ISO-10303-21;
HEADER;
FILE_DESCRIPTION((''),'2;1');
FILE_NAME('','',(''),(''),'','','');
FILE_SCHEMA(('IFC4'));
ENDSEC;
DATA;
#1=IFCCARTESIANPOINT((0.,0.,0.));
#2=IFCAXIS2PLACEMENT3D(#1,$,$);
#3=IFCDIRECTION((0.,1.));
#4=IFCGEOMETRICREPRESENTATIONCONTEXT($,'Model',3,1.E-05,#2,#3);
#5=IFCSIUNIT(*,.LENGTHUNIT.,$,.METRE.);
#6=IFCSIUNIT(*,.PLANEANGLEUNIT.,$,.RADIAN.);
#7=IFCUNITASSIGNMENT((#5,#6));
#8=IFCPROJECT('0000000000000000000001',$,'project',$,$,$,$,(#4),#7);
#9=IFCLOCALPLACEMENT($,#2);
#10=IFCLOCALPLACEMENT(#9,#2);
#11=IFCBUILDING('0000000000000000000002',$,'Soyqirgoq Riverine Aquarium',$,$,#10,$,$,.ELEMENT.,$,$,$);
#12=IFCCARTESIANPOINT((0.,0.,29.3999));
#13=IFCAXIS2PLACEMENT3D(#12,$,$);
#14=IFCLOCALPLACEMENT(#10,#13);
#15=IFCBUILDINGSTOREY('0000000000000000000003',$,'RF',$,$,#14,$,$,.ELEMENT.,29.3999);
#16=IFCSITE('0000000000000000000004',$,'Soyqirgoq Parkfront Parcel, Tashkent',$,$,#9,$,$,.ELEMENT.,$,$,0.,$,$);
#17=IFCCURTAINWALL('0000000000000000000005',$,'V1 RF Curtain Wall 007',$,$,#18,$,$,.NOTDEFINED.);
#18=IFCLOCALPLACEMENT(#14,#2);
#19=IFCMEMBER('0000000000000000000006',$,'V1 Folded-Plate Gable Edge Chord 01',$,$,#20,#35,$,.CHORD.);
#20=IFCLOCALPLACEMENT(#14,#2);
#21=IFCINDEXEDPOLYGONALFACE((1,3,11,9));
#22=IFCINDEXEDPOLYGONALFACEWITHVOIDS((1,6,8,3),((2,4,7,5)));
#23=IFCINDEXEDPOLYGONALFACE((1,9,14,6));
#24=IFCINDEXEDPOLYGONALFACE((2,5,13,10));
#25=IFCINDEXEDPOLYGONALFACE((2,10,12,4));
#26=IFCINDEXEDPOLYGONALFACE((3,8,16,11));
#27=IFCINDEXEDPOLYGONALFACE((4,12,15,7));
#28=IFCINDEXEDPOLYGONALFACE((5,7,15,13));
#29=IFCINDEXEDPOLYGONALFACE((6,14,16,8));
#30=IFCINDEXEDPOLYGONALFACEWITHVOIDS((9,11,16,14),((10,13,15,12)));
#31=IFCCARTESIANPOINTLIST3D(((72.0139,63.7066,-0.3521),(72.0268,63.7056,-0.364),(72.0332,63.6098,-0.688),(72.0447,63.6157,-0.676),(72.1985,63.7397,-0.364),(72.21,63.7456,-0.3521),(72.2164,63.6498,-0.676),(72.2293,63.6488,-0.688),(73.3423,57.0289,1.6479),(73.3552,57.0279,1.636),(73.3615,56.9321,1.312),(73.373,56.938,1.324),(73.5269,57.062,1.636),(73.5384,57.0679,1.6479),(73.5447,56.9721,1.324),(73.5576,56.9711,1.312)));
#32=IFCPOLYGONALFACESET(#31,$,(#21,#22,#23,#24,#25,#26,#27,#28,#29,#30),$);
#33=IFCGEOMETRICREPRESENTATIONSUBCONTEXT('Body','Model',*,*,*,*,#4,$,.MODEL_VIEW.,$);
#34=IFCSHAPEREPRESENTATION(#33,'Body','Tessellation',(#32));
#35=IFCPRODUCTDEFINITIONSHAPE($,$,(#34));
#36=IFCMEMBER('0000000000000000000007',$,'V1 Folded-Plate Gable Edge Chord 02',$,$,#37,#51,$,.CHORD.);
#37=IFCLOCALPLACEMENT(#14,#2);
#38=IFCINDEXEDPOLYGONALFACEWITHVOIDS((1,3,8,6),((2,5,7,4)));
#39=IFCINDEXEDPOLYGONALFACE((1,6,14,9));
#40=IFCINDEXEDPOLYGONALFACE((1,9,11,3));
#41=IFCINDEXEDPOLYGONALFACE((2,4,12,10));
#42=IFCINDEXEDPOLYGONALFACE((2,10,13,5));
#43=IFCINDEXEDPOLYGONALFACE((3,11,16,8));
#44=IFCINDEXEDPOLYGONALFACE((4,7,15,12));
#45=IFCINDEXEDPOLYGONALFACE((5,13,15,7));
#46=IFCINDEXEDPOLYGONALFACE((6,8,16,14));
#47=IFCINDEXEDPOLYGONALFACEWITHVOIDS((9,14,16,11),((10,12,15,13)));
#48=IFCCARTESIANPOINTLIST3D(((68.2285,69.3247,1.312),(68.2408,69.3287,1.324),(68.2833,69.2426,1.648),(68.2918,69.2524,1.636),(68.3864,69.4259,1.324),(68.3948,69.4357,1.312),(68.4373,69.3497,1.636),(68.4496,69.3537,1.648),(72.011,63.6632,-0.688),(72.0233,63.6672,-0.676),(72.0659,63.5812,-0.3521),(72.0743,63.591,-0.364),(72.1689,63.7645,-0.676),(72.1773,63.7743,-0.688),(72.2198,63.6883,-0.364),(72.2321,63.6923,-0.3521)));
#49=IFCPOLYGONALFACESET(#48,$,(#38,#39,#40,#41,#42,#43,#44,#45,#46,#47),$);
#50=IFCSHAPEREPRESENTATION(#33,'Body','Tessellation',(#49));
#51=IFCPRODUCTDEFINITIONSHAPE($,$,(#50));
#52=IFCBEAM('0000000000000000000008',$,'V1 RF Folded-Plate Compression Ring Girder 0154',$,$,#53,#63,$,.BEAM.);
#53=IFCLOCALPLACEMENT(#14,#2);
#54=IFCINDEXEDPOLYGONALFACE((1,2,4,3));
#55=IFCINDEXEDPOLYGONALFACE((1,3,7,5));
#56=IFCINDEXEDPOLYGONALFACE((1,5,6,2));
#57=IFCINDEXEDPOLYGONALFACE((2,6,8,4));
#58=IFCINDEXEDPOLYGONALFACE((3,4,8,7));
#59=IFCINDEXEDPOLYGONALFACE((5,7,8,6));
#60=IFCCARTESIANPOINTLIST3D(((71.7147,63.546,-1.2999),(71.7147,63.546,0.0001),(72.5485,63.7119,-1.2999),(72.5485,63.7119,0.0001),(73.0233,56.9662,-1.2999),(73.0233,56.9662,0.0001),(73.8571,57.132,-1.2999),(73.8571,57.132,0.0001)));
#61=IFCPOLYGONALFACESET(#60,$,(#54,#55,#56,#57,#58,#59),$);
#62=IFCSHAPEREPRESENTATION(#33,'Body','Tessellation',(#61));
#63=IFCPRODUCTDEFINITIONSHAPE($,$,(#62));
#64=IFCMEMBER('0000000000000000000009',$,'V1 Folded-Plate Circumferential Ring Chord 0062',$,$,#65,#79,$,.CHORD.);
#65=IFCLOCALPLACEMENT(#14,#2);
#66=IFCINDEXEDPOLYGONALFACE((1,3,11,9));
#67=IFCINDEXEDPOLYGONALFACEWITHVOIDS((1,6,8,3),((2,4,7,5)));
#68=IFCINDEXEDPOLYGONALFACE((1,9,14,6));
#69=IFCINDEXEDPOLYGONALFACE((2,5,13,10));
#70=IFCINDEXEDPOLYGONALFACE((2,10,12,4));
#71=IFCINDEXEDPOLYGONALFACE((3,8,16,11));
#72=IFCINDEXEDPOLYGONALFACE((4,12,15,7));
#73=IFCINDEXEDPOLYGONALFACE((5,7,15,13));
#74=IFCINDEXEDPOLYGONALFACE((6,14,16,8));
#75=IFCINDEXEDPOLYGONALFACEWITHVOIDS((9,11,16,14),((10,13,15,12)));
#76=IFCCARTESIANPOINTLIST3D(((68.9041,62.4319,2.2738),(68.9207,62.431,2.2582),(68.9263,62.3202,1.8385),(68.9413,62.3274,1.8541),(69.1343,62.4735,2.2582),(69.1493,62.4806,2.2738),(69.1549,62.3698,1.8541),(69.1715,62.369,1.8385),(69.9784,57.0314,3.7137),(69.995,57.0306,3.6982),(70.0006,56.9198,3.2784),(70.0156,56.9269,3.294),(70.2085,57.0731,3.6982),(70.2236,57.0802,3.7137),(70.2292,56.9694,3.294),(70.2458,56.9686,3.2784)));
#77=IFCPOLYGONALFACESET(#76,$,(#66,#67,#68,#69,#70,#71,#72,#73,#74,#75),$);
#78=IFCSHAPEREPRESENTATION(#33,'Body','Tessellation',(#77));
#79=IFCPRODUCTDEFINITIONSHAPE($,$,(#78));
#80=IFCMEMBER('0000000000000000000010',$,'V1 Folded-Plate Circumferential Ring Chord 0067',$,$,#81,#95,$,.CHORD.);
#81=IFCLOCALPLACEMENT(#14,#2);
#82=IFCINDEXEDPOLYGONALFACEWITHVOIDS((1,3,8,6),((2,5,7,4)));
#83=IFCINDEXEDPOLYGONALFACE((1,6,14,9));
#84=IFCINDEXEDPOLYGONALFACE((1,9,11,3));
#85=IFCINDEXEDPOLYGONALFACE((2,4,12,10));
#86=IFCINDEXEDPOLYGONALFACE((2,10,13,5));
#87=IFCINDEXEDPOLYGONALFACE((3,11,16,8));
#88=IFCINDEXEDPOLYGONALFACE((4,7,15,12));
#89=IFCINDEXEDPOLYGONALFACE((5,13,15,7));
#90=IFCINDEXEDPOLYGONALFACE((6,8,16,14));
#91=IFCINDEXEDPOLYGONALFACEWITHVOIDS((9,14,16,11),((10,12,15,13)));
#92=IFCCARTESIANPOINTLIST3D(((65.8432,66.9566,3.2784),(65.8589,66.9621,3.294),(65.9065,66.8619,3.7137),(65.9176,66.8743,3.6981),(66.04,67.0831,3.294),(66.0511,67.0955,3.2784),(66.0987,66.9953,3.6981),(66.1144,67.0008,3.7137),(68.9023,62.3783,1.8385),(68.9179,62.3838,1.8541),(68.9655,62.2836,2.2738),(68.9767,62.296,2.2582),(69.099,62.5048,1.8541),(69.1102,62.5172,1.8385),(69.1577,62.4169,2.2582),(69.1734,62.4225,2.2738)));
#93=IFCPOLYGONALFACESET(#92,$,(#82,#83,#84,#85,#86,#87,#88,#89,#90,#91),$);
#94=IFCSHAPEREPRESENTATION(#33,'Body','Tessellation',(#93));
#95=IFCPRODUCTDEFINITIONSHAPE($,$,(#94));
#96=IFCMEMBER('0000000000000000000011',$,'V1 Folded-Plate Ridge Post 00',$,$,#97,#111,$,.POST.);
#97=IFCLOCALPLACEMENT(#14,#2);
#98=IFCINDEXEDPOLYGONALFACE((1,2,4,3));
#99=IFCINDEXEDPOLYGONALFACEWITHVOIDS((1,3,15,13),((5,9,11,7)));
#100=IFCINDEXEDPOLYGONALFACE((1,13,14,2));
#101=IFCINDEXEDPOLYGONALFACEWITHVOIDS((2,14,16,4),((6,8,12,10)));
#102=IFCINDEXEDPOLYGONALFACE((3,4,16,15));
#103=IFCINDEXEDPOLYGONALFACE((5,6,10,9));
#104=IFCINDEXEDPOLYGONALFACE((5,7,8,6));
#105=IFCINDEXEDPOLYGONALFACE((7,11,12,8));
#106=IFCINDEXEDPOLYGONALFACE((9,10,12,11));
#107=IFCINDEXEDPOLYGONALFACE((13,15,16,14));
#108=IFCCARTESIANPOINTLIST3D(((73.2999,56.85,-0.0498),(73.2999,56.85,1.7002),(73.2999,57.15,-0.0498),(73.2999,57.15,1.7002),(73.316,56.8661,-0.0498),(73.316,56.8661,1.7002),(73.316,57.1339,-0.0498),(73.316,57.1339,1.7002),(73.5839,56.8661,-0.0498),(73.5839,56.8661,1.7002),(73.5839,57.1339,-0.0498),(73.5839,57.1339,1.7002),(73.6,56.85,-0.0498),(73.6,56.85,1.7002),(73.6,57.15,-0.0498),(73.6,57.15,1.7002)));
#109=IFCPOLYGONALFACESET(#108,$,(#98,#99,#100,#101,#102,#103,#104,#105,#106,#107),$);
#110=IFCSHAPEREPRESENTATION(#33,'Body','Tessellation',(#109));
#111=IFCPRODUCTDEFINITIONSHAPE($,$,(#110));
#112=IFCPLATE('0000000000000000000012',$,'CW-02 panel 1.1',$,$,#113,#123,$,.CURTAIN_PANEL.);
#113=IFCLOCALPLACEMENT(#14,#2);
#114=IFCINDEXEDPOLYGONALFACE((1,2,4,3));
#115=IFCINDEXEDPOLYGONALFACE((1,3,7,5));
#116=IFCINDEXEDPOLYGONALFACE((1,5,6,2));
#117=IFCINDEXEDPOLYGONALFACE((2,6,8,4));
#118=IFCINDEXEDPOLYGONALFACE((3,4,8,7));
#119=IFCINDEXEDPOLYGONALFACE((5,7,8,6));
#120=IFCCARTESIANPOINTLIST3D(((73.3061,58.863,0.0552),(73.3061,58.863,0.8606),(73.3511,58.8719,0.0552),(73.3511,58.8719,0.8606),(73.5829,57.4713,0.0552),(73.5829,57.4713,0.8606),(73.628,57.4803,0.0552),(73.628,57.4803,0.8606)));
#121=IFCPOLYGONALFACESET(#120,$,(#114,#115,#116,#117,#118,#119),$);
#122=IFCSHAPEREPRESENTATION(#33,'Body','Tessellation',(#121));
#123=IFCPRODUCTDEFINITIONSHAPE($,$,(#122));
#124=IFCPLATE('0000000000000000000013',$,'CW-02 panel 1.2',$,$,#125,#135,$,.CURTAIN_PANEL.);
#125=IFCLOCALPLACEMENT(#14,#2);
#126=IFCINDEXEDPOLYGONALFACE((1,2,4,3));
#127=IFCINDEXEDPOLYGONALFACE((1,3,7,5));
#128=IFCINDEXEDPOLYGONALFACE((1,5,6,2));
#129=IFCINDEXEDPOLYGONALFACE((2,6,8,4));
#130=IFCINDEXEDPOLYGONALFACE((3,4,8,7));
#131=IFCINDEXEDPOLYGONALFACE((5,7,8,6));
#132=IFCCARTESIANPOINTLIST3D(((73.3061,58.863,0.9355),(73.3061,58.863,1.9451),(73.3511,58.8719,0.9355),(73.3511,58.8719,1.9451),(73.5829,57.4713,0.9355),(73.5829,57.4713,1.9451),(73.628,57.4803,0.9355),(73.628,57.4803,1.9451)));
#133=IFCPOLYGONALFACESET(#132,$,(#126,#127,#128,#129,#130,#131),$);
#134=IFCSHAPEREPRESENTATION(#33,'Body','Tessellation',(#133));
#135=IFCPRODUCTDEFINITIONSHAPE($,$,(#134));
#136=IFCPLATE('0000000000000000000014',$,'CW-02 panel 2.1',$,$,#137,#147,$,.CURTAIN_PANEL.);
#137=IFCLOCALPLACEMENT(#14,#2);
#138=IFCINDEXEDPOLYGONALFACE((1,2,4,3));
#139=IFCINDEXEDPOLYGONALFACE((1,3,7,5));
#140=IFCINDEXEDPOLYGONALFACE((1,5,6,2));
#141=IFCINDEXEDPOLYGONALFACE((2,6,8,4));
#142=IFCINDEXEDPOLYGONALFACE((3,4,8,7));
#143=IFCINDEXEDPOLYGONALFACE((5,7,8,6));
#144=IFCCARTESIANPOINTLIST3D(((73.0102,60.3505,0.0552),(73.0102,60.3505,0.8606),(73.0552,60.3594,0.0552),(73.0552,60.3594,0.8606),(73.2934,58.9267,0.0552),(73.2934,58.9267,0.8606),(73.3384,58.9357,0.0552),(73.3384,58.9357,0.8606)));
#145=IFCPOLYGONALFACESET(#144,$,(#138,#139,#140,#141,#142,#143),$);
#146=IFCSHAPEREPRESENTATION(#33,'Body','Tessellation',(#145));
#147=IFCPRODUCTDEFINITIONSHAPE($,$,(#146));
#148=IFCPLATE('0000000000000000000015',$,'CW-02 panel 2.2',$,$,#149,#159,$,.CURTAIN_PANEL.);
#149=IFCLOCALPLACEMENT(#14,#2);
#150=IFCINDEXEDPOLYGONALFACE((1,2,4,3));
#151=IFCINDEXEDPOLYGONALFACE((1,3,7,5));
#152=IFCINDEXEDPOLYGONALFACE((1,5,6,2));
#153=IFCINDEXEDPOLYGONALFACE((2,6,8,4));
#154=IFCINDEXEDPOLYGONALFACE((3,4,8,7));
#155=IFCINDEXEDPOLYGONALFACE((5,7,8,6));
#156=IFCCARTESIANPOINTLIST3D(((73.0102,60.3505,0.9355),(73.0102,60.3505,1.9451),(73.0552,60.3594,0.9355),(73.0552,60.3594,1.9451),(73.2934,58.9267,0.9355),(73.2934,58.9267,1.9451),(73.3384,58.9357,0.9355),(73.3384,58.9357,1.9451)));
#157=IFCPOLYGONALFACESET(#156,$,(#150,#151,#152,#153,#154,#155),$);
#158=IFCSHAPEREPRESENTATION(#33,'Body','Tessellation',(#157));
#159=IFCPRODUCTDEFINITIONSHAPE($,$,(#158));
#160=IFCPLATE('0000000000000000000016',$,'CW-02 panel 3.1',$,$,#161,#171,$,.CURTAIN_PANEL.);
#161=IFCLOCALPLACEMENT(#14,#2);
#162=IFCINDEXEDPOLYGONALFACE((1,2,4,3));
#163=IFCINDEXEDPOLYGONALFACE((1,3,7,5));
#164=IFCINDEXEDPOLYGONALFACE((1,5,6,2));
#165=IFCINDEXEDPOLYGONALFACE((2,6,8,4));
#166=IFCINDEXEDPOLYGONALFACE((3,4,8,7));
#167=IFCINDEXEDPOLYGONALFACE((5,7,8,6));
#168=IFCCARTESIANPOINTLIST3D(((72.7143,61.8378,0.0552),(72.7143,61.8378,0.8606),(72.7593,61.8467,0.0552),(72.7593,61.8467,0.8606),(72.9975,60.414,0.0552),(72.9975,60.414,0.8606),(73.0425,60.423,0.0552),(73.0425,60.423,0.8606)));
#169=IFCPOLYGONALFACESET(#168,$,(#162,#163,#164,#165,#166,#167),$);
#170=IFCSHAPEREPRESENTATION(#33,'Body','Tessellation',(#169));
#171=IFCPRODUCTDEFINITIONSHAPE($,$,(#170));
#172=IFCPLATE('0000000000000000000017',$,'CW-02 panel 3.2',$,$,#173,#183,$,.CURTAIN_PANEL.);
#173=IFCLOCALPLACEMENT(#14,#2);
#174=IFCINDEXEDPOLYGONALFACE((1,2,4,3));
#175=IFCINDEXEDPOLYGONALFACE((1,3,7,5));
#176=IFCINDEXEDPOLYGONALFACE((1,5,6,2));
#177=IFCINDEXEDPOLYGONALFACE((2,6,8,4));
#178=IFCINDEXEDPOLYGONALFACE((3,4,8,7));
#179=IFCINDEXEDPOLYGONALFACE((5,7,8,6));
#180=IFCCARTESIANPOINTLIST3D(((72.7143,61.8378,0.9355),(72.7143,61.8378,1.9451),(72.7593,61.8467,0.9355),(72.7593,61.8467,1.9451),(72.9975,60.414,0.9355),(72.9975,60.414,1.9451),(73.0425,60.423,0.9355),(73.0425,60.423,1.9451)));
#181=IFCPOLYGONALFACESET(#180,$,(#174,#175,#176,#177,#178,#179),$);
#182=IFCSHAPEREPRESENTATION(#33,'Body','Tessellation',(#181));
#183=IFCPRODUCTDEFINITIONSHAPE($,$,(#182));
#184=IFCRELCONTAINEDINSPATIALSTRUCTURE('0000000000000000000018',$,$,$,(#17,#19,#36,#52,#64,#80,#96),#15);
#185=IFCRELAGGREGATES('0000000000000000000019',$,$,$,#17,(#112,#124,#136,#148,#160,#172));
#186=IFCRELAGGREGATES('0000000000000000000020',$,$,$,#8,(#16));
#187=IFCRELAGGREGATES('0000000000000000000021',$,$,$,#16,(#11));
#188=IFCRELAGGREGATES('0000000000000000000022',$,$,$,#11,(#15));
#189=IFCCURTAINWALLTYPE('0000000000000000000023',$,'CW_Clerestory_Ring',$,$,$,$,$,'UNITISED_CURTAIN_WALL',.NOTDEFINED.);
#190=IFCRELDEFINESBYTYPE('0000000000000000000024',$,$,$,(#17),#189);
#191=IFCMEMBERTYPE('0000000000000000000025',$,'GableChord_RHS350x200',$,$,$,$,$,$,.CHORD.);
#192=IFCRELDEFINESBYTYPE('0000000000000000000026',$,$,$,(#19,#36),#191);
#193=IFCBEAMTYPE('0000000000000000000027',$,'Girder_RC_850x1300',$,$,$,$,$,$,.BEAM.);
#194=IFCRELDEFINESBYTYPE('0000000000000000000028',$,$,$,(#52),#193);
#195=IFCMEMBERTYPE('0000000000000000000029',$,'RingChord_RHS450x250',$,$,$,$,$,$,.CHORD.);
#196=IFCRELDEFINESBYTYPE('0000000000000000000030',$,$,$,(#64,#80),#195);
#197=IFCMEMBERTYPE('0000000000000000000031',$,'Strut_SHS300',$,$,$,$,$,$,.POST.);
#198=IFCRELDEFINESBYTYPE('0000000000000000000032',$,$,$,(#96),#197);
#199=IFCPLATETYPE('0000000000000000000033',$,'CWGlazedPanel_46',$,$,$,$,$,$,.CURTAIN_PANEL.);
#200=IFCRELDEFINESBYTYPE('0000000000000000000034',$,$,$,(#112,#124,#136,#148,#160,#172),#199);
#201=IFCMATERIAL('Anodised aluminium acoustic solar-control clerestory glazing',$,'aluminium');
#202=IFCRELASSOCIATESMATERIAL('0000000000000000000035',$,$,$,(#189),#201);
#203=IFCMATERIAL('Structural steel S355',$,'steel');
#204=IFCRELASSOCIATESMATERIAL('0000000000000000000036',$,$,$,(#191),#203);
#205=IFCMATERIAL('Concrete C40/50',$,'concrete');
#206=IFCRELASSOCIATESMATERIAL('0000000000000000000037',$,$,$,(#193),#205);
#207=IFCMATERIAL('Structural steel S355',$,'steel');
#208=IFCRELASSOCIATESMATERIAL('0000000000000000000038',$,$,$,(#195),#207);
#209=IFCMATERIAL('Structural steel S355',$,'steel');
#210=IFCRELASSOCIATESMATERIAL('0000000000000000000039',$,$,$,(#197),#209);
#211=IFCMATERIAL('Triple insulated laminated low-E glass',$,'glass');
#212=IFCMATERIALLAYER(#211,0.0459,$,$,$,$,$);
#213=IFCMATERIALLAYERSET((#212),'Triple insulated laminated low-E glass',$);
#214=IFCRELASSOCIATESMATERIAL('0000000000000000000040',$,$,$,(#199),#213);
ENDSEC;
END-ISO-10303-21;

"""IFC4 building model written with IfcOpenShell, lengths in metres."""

from ifc_helpers import new_model, si_unit, direction, frame, origin, origin_2d, place, context, subcontext, project, spatial, rectangle, hollow_rectangle, extrude, material, layer, layer_set, material_profile, profile_set, type_object, element, aggregate, save


model = new_model("IFC4")

# Units and contexts
model_context = context("Model", 3, precision=1e-05, world=origin(), true_north=direction((0.0, 1.0)))
body_context = subcontext(model_context, "Body", "Model", "MODEL_VIEW")
ifc_project = project(units=[si_unit("LENGTHUNIT", "METRE"), si_unit("PLANEANGLEUNIT", "RADIAN")], contexts=[model_context])

# Site, building, storey
site_placement = place(None, origin())
site = spatial("IfcSite", under=ifc_project, at=site_placement, Name="Soyqirgoq Parkfront Parcel, Tashkent", CompositionType="ELEMENT", RefElevation=0.0)
building_placement = place(site_placement, origin())
building = spatial("IfcBuilding", under=site, at=building_placement, Name="Soyqirgoq Riverine Aquarium", CompositionType="ELEMENT")
storey_placement = place(building_placement, frame((0.0, 0.0, 29.3999)))
storey = spatial("IfcBuildingStorey", under=building, at=storey_placement, Name="RF", CompositionType="ELEMENT", Elevation=29.3999)

# Curtain wall
ifc_material_1 = material(Name="Anodised aluminium acoustic solar-control clerestory glazing", Category="aluminium")
curtain_wall_type = type_object("IfcCurtainWallType", Name="CW_Clerestory_Ring", ElementType="UNITISED_CURTAIN_WALL", PredefinedType="NOTDEFINED", material=ifc_material_1)
curtain_wall_placement = place(storey_placement, origin())
curtain_wall = element("IfcCurtainWall", 1, at=curtain_wall_placement, inside=storey, type_object=curtain_wall_type, Name="V1 RF Curtain Wall 007", PredefinedType="NOTDEFINED")

# Members
ifc_material_2 = material(Name="Structural steel S355", Category="steel")
ifc_material_profile_1 = material_profile(ifc_material_2, hollow_rectangle(XDim=0.2, YDim=0.3501, WallThickness=0.0125, at=origin_2d()), Name="RHS 350x200x12.5")
ifc_profile_set_1 = profile_set([ifc_material_profile_1], Name="Structural steel S355")
member_type_1 = type_object("IfcMemberType", Name="GableChord_RHS350x200", PredefinedType="CHORD", material=ifc_profile_set_1)
member_1_placement = place(storey_placement, frame((73.45, 57.0, 1.48), z_axis=(-0.187193, 0.941024, -0.281839), x_axis=(-0.980783, -0.195102, 0.0)))
element("IfcMember", 2, at=member_1_placement, inside=storey, type_object=member_type_1, Name="V1 Folded-Plate Gable Edge Chord 01", PredefinedType="CHORD", context=body_context, shape_type="SweptSolid", body=[
    extrude(hollow_rectangle(XDim=0.2, YDim=0.3501, WallThickness=0.0125, at=origin_2d()), origin(), (0.0, 0.0, 1.0), 7.0962),
])
member_2_placement = place(storey_placement, frame((72.1216, 63.6777, -0.52), z_axis=(-0.533016, 0.797786, 0.281835), x_axis=(-0.831493, -0.555536, 0.0)))
element("IfcMember", 3, at=member_2_placement, inside=storey, type_object=member_type_1, Name="V1 Folded-Plate Gable Edge Chord 02", PredefinedType="CHORD", context=body_context, shape_type="SweptSolid", body=[
    extrude(hollow_rectangle(XDim=0.2, YDim=0.3501, WallThickness=0.0125, at=origin_2d()), origin(), (0.0, 0.0, 1.0), 7.0964),
])

# Beam
ifc_material_3 = material(Name="Concrete C40/50", Category="concrete")
ifc_material_profile_2 = material_profile(ifc_material_3, rectangle(XDim=0.8501, YDim=1.3, at=origin_2d()), Name="RC 850x1300")
ifc_profile_set_2 = profile_set([ifc_material_profile_2], Name="Concrete C40/50")
beam_type = type_object("IfcBeamType", Name="Girder_RC_850x1300", PredefinedType="BEAM", material=ifc_profile_set_2)
beam_placement = place(storey_placement, frame((73.4402, 57.0491, -0.6499), z_axis=(-0.195059, 0.980791, 0.0), x_axis=(-0.980791, -0.195059, 0.0)))
element("IfcBeam", 4, at=beam_placement, inside=storey, type_object=beam_type, Name="V1 RF Folded-Plate Compression Ring Girder 0154", PredefinedType="BEAM", context=body_context, shape_type="SweptSolid", body=[
    extrude(rectangle(XDim=0.8501, YDim=1.3, at=origin_2d()), origin(), (0.0, 0.0, 1.0), 6.7087),
])

# Members
ifc_material_4 = material(Name="Structural steel S355", Category="steel")
ifc_material_profile_3 = material_profile(ifc_material_4, hollow_rectangle(XDim=0.25, YDim=0.45, WallThickness=0.0161, at=origin_2d()), Name="RHS 450x250x16")
ifc_profile_set_3 = profile_set([ifc_material_profile_3], Name="Structural steel S355")
member_type_2 = type_object("IfcMemberType", Name="RingChord_RHS450x250", PredefinedType="CHORD", material=ifc_profile_set_3)
for number, where, z_axis, x_axis, name in (
    (5, (70.1121, 57.0, 3.4961), (-0.188745, 0.948875, -0.253005), (-0.980785, -0.195093, 0.0), "V1 Folded-Plate Circumferential Ring Chord 0062"),
    (6, (69.0378, 62.4004, 2.0562), (-0.537485, 0.804426, 0.253), (-0.831477, -0.555559, 0.0), "V1 Folded-Plate Circumferential Ring Chord 0067"),
):
    element("IfcMember", number, at=place(storey_placement, frame(where, z_axis=z_axis, x_axis=x_axis)), inside=storey, type_object=member_type_2, Name=name, PredefinedType="CHORD", context=body_context, shape_type="SweptSolid", body=[
        extrude(hollow_rectangle(XDim=0.25, YDim=0.45, WallThickness=0.0161, at=origin_2d()), origin(), (0.0, 0.0, 1.0), 5.6914),
    ])
ifc_material_5 = material(Name="Structural steel S355", Category="steel")
ifc_material_profile_4 = material_profile(ifc_material_5, hollow_rectangle(XDim=0.3, YDim=0.3, WallThickness=0.0161, at=origin_2d()), Name="SHS 300x300x16")
ifc_profile_set_4 = profile_set([ifc_material_profile_4], Name="Structural steel S355")
member_type_3 = type_object("IfcMemberType", Name="Strut_SHS300", PredefinedType="POST", material=ifc_profile_set_4)
member_3_placement = place(storey_placement, frame((73.45, 57.0, -0.0498), z_axis=(0.0, 0.0, 1.0), x_axis=(1.0, 0.0, 0.0)))
element("IfcMember", 7, at=member_3_placement, inside=storey, type_object=member_type_3, Name="V1 Folded-Plate Ridge Post 00", PredefinedType="POST", context=body_context, shape_type="SweptSolid", body=[
    extrude(hollow_rectangle(XDim=0.3, YDim=0.3, WallThickness=0.0161, at=origin_2d()), origin(), (0.0, 0.0, 1.0), 1.75),
])

# Plates
ifc_material_6 = material(Name="Triple insulated laminated low-E glass", Category="glass")
ifc_layer_1 = layer(ifc_material_6, 0.0459)
ifc_layer_set_1 = layer_set([ifc_layer_1], Name="Triple insulated laminated low-E glass")
plate_type_1 = type_object("IfcPlateType", Name="CWGlazedPanel_46", PredefinedType="CURTAIN_PANEL", material=ifc_layer_set_1)
plate_1_placement = place(storey_placement, frame((73.467, 58.1716, 0.0552), z_axis=(0.0, 0.0, 1.0), x_axis=(-0.195095, 0.980784, 0.0)))
plate_1 = element("IfcPlate", 8, at=plate_1_placement, type_object=plate_type_1, Name="CW-02 panel 1.1", PredefinedType="CURTAIN_PANEL", context=body_context, shape_type="SweptSolid", body=[
    extrude(rectangle(XDim=1.4189, YDim=0.0459, at=origin_2d()), origin(), (0.0, 0.0, 1.0), 0.8054),
])
plate_2_placement = place(storey_placement, frame((73.467, 58.1716, 0.9355), z_axis=(0.0, 0.0, 1.0), x_axis=(-0.195095, 0.980784, 0.0)))
plate_2 = element("IfcPlate", 9, at=plate_2_placement, type_object=plate_type_1, Name="CW-02 panel 1.2", PredefinedType="CURTAIN_PANEL", context=body_context, shape_type="SweptSolid", body=[
    extrude(rectangle(XDim=1.4189, YDim=0.0459, at=origin_2d()), origin(), (0.0, 0.0, 1.0), 1.0095),
])
plate_3_placement = place(storey_placement, frame((73.1743, 59.6431, 0.0552), z_axis=(0.0, 0.0, 1.0), x_axis=(-0.195095, 0.980784, 0.0)))
plate_3 = element("IfcPlate", 10, at=plate_3_placement, type_object=plate_type_1, Name="CW-02 panel 2.1", PredefinedType="CURTAIN_PANEL", context=body_context, shape_type="SweptSolid", body=[
    extrude(rectangle(XDim=1.4517, YDim=0.0459, at=origin_2d()), origin(), (0.0, 0.0, 1.0), 0.8054),
])
plate_4_placement = place(storey_placement, frame((73.1743, 59.6431, 0.9355), z_axis=(0.0, 0.0, 1.0), x_axis=(-0.195095, 0.980784, 0.0)))
plate_4 = element("IfcPlate", 11, at=plate_4_placement, type_object=plate_type_1, Name="CW-02 panel 2.2", PredefinedType="CURTAIN_PANEL", context=body_context, shape_type="SweptSolid", body=[
    extrude(rectangle(XDim=1.4517, YDim=0.0459, at=origin_2d()), origin(), (0.0, 0.0, 1.0), 1.0095),
])
plate_5_placement = place(storey_placement, frame((72.8784, 61.1304, 0.0552), z_axis=(0.0, 0.0, 1.0), x_axis=(-0.195095, 0.980784, 0.0)))
plate_5 = element("IfcPlate", 12, at=plate_5_placement, type_object=plate_type_1, Name="CW-02 panel 3.1", PredefinedType="CURTAIN_PANEL", context=body_context, shape_type="SweptSolid", body=[
    extrude(rectangle(XDim=1.4517, YDim=0.0459, at=origin_2d()), origin(), (0.0, 0.0, 1.0), 0.8054),
])
plate_6_placement = place(storey_placement, frame((72.8784, 61.1304, 0.9355), z_axis=(0.0, 0.0, 1.0), x_axis=(-0.195095, 0.980784, 0.0)))
plate_6 = element("IfcPlate", 13, at=plate_6_placement, type_object=plate_type_1, Name="CW-02 panel 3.2", PredefinedType="CURTAIN_PANEL", context=body_context, shape_type="SweptSolid", body=[
    extrude(rectangle(XDim=1.4517, YDim=0.0459, at=origin_2d()), origin(), (0.0, 0.0, 1.0), 1.0095),
])
aggregate(curtain_wall, [plate_1, plate_2, plate_3, plate_4, plate_5, plate_6])

save(model, "model.ifc")
